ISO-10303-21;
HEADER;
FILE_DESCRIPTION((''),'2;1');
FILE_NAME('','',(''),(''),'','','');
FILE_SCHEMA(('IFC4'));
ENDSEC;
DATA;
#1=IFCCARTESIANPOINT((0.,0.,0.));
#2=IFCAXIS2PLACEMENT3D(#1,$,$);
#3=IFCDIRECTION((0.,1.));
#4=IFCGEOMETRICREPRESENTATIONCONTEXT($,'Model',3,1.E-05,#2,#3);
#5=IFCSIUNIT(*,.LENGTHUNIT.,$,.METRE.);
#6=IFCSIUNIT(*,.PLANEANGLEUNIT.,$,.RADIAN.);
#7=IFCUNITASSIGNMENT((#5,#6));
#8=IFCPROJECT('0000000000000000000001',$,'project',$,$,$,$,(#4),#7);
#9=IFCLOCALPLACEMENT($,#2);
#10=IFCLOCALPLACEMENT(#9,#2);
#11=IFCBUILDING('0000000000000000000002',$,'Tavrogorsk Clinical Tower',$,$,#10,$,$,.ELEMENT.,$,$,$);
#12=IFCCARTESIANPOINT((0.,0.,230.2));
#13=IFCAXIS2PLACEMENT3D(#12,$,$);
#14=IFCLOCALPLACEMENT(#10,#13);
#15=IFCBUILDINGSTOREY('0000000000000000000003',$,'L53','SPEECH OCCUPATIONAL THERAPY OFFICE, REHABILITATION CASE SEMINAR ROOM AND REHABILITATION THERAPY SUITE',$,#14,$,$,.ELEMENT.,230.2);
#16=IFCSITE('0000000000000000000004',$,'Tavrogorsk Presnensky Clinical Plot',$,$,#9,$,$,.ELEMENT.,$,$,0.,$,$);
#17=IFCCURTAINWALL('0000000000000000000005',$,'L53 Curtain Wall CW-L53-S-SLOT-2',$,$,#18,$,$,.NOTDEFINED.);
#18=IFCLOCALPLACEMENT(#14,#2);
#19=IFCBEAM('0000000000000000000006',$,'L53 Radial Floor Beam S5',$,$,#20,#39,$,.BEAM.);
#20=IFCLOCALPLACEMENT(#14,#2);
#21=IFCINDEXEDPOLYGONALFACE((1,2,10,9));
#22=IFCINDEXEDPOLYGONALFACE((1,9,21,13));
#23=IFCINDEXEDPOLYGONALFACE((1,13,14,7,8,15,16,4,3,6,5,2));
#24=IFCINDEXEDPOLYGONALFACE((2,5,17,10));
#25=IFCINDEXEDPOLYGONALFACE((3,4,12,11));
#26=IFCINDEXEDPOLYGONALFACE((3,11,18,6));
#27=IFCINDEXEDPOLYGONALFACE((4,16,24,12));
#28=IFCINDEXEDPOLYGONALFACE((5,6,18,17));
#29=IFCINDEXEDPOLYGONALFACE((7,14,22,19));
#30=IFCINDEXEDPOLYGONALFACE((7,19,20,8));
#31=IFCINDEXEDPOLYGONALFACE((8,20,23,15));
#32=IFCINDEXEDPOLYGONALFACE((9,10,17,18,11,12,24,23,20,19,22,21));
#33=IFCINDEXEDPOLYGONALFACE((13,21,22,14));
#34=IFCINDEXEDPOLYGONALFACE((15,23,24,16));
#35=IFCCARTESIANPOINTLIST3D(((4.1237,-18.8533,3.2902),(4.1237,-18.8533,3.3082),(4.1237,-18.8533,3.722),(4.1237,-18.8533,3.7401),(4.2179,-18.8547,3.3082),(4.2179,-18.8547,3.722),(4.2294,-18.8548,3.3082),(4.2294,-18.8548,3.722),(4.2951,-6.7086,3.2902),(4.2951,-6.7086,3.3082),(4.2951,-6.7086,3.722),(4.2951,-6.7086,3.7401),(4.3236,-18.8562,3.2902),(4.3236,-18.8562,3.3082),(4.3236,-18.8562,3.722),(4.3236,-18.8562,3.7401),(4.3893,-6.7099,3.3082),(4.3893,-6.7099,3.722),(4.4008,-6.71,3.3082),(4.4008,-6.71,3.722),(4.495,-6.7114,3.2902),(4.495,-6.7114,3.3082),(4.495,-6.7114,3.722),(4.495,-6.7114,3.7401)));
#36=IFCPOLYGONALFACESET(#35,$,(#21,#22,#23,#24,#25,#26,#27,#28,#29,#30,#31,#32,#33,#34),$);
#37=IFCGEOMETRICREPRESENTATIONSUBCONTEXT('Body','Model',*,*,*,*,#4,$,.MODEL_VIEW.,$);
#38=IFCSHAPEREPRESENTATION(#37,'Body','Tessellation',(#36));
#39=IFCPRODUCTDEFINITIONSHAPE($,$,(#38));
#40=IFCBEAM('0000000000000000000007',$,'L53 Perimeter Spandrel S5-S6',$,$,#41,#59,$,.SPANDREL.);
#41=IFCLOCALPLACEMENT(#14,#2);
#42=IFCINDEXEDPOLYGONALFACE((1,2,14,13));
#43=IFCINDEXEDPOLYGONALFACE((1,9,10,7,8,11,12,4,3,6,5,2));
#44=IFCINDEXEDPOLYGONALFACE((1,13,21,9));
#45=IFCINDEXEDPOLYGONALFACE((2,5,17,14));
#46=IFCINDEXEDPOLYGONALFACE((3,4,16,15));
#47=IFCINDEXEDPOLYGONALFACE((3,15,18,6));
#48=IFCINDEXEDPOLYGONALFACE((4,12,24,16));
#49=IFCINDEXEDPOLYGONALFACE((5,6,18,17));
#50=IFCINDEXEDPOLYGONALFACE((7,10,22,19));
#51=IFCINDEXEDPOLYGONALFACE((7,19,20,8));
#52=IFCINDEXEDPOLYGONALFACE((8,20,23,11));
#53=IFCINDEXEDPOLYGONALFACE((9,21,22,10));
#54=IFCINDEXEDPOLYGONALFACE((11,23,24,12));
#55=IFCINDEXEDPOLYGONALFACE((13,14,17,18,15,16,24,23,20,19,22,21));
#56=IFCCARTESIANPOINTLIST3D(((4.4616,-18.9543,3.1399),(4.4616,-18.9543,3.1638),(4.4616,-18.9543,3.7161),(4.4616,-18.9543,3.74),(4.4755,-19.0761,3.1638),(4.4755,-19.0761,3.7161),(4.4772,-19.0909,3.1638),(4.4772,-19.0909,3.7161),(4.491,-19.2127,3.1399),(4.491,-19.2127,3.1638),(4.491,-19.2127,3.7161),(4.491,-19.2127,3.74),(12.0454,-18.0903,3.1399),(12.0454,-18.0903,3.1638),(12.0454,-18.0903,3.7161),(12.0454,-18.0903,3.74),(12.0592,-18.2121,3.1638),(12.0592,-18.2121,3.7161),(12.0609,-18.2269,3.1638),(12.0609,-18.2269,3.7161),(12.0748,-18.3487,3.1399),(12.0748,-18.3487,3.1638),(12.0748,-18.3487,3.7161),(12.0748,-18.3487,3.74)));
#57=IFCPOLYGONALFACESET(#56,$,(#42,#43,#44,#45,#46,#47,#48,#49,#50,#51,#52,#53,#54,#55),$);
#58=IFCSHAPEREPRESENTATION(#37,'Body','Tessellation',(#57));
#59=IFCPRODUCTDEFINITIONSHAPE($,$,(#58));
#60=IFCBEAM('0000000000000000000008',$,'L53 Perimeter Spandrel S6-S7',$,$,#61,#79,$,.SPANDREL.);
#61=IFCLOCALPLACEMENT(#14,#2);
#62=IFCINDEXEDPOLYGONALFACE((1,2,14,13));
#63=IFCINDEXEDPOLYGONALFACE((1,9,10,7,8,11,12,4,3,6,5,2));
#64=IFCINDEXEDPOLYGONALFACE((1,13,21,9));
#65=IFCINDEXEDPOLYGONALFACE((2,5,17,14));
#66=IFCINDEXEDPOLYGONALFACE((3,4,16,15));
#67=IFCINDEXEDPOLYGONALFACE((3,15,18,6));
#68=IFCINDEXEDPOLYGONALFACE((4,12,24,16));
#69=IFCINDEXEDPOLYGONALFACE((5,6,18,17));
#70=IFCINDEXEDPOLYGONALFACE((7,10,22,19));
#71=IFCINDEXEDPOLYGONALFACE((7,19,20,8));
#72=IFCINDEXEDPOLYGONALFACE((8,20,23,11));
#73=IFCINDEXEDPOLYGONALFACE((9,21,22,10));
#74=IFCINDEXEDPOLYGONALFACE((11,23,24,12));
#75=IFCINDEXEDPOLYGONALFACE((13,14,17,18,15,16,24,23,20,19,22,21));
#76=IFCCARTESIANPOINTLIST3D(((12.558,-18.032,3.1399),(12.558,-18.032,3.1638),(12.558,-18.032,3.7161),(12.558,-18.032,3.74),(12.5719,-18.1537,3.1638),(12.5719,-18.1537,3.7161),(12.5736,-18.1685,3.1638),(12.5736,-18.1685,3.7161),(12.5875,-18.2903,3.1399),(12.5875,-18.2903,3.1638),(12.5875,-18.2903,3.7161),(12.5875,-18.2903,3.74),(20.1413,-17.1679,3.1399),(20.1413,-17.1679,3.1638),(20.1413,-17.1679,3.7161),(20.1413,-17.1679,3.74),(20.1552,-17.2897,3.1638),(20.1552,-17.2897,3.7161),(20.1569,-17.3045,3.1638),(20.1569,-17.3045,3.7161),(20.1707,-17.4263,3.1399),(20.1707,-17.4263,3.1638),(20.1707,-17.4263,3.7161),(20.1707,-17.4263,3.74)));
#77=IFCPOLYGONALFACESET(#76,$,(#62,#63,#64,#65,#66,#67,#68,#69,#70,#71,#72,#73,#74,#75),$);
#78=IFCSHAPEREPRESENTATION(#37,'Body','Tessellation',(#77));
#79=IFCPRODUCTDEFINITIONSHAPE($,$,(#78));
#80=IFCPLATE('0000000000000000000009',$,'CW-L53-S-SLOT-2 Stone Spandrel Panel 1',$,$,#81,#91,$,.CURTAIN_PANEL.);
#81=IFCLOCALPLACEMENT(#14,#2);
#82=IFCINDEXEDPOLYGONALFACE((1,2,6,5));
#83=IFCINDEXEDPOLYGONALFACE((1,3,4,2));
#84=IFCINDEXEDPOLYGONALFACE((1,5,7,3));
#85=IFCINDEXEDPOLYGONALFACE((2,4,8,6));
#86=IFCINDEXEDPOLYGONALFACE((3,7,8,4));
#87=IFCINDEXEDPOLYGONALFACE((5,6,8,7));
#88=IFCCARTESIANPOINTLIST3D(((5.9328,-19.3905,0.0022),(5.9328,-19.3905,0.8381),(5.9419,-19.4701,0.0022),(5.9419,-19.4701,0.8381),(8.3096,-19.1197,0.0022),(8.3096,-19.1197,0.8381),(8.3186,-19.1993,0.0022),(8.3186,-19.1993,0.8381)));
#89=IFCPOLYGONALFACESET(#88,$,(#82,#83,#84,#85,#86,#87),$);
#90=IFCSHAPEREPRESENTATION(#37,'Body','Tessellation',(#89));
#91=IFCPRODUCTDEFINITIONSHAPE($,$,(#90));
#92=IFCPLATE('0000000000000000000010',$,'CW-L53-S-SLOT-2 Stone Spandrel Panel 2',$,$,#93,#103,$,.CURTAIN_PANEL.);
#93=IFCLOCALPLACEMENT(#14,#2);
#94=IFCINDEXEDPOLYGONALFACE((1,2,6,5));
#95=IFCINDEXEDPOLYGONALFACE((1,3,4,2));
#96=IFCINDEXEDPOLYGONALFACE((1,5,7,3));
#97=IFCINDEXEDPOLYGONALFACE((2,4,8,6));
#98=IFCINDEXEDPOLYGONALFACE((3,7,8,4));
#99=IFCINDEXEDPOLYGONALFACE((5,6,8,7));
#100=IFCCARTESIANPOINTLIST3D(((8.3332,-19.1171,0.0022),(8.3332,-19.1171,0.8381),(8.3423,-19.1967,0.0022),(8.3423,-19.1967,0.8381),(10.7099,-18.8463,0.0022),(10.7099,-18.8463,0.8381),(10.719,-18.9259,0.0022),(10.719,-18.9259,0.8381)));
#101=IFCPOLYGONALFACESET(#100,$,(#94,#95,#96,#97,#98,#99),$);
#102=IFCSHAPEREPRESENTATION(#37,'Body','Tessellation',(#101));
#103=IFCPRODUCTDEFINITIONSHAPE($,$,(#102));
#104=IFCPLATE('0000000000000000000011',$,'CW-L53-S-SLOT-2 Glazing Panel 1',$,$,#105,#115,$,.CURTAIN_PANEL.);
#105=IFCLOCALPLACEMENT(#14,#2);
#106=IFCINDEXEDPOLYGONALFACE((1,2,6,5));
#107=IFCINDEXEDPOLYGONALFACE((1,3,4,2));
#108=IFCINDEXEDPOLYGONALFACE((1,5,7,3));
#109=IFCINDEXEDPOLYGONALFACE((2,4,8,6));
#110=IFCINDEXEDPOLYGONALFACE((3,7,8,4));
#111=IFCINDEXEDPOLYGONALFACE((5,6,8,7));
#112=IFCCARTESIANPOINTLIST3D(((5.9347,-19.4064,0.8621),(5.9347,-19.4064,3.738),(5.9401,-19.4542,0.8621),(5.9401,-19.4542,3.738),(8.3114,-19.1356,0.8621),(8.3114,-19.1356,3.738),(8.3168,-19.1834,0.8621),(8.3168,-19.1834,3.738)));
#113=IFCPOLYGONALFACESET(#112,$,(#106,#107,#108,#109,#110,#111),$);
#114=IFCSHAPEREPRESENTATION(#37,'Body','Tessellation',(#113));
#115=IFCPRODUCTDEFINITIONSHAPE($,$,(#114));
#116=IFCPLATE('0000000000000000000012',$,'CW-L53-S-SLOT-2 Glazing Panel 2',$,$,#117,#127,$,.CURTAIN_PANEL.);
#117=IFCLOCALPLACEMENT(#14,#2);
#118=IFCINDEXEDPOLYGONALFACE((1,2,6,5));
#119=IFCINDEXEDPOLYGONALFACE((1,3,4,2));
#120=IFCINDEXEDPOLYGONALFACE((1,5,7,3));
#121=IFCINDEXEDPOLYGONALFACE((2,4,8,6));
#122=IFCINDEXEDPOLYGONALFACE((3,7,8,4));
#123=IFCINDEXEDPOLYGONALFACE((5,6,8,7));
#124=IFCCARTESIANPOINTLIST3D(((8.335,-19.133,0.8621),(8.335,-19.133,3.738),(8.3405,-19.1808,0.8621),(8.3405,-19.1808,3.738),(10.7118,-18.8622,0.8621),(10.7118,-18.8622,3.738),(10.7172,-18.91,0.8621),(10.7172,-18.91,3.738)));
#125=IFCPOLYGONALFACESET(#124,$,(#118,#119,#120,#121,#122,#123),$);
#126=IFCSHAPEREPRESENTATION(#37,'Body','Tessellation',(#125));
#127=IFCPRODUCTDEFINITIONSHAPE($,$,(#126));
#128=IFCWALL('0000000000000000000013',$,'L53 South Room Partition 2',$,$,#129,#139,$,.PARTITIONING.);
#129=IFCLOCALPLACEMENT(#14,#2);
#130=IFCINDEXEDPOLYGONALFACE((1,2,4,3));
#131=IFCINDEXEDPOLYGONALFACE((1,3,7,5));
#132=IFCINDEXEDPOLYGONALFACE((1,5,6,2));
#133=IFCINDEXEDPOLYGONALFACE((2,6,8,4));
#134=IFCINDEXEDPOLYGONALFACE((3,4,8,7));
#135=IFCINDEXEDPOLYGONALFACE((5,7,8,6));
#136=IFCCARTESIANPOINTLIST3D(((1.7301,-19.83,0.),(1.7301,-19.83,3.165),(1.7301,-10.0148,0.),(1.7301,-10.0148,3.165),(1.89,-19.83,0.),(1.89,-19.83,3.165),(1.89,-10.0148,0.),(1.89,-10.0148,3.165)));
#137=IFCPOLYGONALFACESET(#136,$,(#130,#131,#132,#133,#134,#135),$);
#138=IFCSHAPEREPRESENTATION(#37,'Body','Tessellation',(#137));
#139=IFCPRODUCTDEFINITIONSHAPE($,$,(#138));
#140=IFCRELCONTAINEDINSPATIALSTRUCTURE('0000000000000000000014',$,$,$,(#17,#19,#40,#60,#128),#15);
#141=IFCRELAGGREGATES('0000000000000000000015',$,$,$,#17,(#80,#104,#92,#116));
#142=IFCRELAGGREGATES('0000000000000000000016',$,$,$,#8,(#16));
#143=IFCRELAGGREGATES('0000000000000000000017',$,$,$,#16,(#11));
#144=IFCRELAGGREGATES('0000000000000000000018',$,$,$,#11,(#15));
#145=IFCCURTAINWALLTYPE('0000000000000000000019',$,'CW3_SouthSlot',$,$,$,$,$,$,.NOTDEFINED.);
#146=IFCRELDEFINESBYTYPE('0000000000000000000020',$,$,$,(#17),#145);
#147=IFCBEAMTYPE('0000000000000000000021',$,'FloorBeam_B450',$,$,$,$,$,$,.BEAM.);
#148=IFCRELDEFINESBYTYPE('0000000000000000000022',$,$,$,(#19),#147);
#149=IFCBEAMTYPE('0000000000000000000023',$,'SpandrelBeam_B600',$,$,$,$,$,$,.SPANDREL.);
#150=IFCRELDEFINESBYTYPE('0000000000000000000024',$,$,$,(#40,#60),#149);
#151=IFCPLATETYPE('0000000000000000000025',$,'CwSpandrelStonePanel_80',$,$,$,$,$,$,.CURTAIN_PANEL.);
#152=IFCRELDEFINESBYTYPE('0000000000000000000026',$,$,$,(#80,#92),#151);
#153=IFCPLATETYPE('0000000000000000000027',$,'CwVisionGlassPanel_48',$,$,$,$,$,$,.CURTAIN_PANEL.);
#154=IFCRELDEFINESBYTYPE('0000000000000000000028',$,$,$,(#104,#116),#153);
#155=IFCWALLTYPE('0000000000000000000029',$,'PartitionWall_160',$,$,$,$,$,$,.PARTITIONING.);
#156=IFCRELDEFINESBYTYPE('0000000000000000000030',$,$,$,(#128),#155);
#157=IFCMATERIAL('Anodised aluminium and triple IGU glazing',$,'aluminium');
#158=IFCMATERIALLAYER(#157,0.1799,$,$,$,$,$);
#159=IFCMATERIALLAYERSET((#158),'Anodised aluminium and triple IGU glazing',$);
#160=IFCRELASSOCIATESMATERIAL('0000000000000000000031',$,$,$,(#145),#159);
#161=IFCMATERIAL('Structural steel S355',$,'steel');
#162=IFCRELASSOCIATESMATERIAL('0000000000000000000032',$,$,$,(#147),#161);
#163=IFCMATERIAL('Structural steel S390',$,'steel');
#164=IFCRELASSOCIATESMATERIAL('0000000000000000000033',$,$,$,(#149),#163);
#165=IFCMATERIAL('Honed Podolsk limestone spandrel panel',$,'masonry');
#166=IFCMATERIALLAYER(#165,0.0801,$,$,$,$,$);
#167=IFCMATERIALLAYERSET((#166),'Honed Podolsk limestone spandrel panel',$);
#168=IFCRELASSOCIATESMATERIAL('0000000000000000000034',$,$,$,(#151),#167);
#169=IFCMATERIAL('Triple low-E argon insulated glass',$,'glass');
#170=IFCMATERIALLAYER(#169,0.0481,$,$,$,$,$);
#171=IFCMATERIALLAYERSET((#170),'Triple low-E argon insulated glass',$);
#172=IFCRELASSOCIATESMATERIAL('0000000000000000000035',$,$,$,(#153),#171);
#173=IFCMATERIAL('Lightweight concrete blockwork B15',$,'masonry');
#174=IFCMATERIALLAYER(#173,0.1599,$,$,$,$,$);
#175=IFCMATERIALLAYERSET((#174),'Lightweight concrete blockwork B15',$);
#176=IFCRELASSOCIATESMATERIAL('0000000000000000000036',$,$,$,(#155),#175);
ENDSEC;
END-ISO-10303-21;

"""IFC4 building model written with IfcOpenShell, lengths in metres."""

from ifc_helpers import new_model, si_unit, direction, frame, frame_2d, origin, origin_2d, place, context, subcontext, project, spatial, rectangle, i_section, extrude, material, layer, layer_set, material_profile, profile_set, type_object, element, aggregate, save


model = new_model("IFC4")

# Units and contexts
model_context = context("Model", 3, precision=1e-05, world=origin(), true_north=direction((0.0, 1.0)))
body_context = subcontext(model_context, "Body", "Model", "MODEL_VIEW")
ifc_project = project(units=[si_unit("LENGTHUNIT", "METRE"), si_unit("PLANEANGLEUNIT", "RADIAN")], contexts=[model_context])

# Site, building, storey
site_placement = place(None, origin())
site = spatial("IfcSite", under=ifc_project, at=site_placement, Name="Tavrogorsk Presnensky Clinical Plot", CompositionType="ELEMENT", RefElevation=0.0)
building_placement = place(site_placement, origin())
building = spatial("IfcBuilding", under=site, at=building_placement, Name="Tavrogorsk Clinical Tower", CompositionType="ELEMENT")
storey_placement = place(building_placement, frame((0.0, 0.0, 230.2)))
storey = spatial("IfcBuildingStorey", under=building, at=storey_placement, Name="L53", Description="SPEECH OCCUPATIONAL THERAPY OFFICE, REHABILITATION CASE SEMINAR ROOM AND REHABILITATION THERAPY SUITE", CompositionType="ELEMENT", Elevation=230.2)

# Curtain wall
ifc_material_1 = material(Name="Anodised aluminium and triple IGU glazing", Category="aluminium")
ifc_layer_1 = layer(ifc_material_1, 0.1799)
ifc_layer_set_1 = layer_set([ifc_layer_1], Name="Anodised aluminium and triple IGU glazing")
curtain_wall_type = type_object("IfcCurtainWallType", Name="CW3_SouthSlot", PredefinedType="NOTDEFINED", material=ifc_layer_set_1)
curtain_wall_placement = place(storey_placement, origin())
curtain_wall = element("IfcCurtainWall", 1, at=curtain_wall_placement, inside=storey, type_object=curtain_wall_type, Name="L53 Curtain Wall CW-L53-S-SLOT-2", PredefinedType="NOTDEFINED")

# Beams
ifc_material_2 = material(Name="Structural steel S355", Category="steel")
ifc_material_profile_1 = material_profile(ifc_material_2, i_section(OverallWidth=0.2, OverallDepth=0.45, WebThickness=0.0115, FlangeThickness=0.0181, at=origin_2d()), Name="B-450x200x11.5x18")
ifc_profile_set_1 = profile_set([ifc_material_profile_1], Name="Structural steel S355")
beam_type_1 = type_object("IfcBeamType", Name="FloorBeam_B450", PredefinedType="BEAM", material=ifc_profile_set_1)
beam_1_placement = place(storey_placement, frame((4.395, -6.71, 3.5151), z_axis=(-0.014111, -0.9999, 0.0), x_axis=(0.9999, -0.014111, 0.0)))
element("IfcBeam", 2, at=beam_1_placement, inside=storey, type_object=beam_type_1, Name="L53 Radial Floor Beam S5", PredefinedType="BEAM", context=body_context, shape_type="SweptSolid", body=[
    extrude(i_section(OverallWidth=0.2, OverallDepth=0.45, WebThickness=0.0115, FlangeThickness=0.0181, at=origin_2d()), origin(), (0.0, 0.0, 1.0), 12.146),
])
ifc_material_3 = material(Name="Structural steel S390", Category="steel")
ifc_material_profile_2 = material_profile(ifc_material_3, i_section(OverallWidth=0.26, OverallDepth=0.6001, WebThickness=0.0149, FlangeThickness=0.0239, at=origin_2d()), Name="B-600x260x15x24")
ifc_profile_set_2 = profile_set([ifc_material_profile_2], Name="Structural steel S390")
beam_type_2 = type_object("IfcBeamType", Name="SpandrelBeam_B600", PredefinedType="SPANDREL", material=ifc_profile_set_2)
beam_2_placement = place(storey_placement, frame((4.4763, -19.0835, 3.4399), z_axis=(0.993573, 0.113197, 0.0), x_axis=(-0.113197, 0.993573, 0.0)))
element("IfcBeam", 3, at=beam_2_placement, inside=storey, type_object=beam_type_2, Name="L53 Perimeter Spandrel S5-S6", PredefinedType="SPANDREL", context=body_context, shape_type="SweptSolid", body=[
    extrude(i_section(OverallWidth=0.26, OverallDepth=0.6001, WebThickness=0.0149, FlangeThickness=0.0239, at=origin_2d()), origin(), (0.0, 0.0, 1.0), 7.6328),
])
beam_3_placement = place(storey_placement, frame((12.5728, -18.1611, 3.4399), z_axis=(0.993572, 0.113205, 0.0), x_axis=(-0.113205, 0.993572, 0.0)))
element("IfcBeam", 4, at=beam_3_placement, inside=storey, type_object=beam_type_2, Name="L53 Perimeter Spandrel S6-S7", PredefinedType="SPANDREL", context=body_context, shape_type="SweptSolid", body=[
    extrude(i_section(OverallWidth=0.26, OverallDepth=0.6001, WebThickness=0.0149, FlangeThickness=0.0239, at=origin_2d()), origin(), (0.0, 0.0, 1.0), 7.6323),
])

# Plates
ifc_material_4 = material(Name="Honed Podolsk limestone spandrel panel", Category="masonry")
ifc_layer_2 = layer(ifc_material_4, 0.0801)
ifc_layer_set_2 = layer_set([ifc_layer_2], Name="Honed Podolsk limestone spandrel panel")
plate_type_1 = type_object("IfcPlateType", Name="CwSpandrelStonePanel_80", PredefinedType="CURTAIN_PANEL", material=ifc_layer_set_2)
plate_1_placement = place(storey_placement, frame((7.1257, -19.2949, 0.0022), z_axis=(0.0, 0.0, 1.0), x_axis=(0.993572, 0.113203, 0.0)))
plate_1 = element("IfcPlate", 5, at=plate_1_placement, type_object=plate_type_1, Name="CW-L53-S-SLOT-2 Stone Spandrel Panel 1", PredefinedType="CURTAIN_PANEL", context=body_context, shape_type="SweptSolid", body=[
    extrude(rectangle(XDim=2.3921, YDim=0.0801, at=origin_2d()), origin(), (0.0, 0.0, 1.0), 0.8359),
])
plate_2_placement = place(storey_placement, frame((9.5261, -19.0215, 0.0022), z_axis=(0.0, 0.0, 1.0), x_axis=(0.993572, 0.113203, 0.0)))
plate_2 = element("IfcPlate", 6, at=plate_2_placement, type_object=plate_type_1, Name="CW-L53-S-SLOT-2 Stone Spandrel Panel 2", PredefinedType="CURTAIN_PANEL", context=body_context, shape_type="SweptSolid", body=[
    extrude(rectangle(XDim=2.3921, YDim=0.0801, at=origin_2d()), origin(), (0.0, 0.0, 1.0), 0.8359),
])
ifc_material_5 = material(Name="Triple low-E argon insulated glass", Category="glass")
ifc_layer_3 = layer(ifc_material_5, 0.0481)
ifc_layer_set_3 = layer_set([ifc_layer_3], Name="Triple low-E argon insulated glass")
plate_type_2 = type_object("IfcPlateType", Name="CwVisionGlassPanel_48", PredefinedType="CURTAIN_PANEL", material=ifc_layer_set_3)
plate_3_placement = place(storey_placement, frame((7.1257, -19.2949, 0.8621), z_axis=(0.0, 0.0, 1.0), x_axis=(0.993572, 0.113203, 0.0)))
plate_3 = element("IfcPlate", 7, at=plate_3_placement, type_object=plate_type_2, Name="CW-L53-S-SLOT-2 Glazing Panel 1", PredefinedType="CURTAIN_PANEL", context=body_context, shape_type="SweptSolid", body=[
    extrude(rectangle(XDim=2.3921, YDim=0.0481, at=origin_2d()), origin(), (0.0, 0.0, 1.0), 2.876),
])
plate_4_placement = place(storey_placement, frame((9.5261, -19.0215, 0.8621), z_axis=(0.0, 0.0, 1.0), x_axis=(0.993572, 0.113203, 0.0)))
plate_4 = element("IfcPlate", 8, at=plate_4_placement, type_object=plate_type_2, Name="CW-L53-S-SLOT-2 Glazing Panel 2", PredefinedType="CURTAIN_PANEL", context=body_context, shape_type="SweptSolid", body=[
    extrude(rectangle(XDim=2.3921, YDim=0.0481, at=origin_2d()), origin(), (0.0, 0.0, 1.0), 2.876),
])
aggregate(curtain_wall, [plate_1, plate_3, plate_2, plate_4])

# Wall
ifc_material_6 = material(Name="Lightweight concrete blockwork B15", Category="masonry")
ifc_layer_4 = layer(ifc_material_6, 0.1599)
ifc_layer_set_4 = layer_set([ifc_layer_4], Name="Lightweight concrete blockwork B15")
wall_type_1 = type_object("IfcWallType", Name="PartitionWall_160", PredefinedType="PARTITIONING", material=ifc_layer_set_4)
wall_1_placement = place(storey_placement, frame((1.8101, -19.8301, 0.0), z_axis=(0.0, 0.0, 1.0), x_axis=(0.0, 1.0, 0.0)))
element("IfcWall", 9, at=wall_1_placement, inside=storey, type_object=wall_type_1, Name="L53 South Room Partition 2", PredefinedType="PARTITIONING", context=body_context, shape_type="SweptSolid", body=[
    extrude(rectangle(XDim=9.8152, YDim=0.1599, at=frame_2d((4.9077, 0.0))), origin(), (0.0, 0.0, 1.0), 3.165),
])

save(model, "model.ifc")
